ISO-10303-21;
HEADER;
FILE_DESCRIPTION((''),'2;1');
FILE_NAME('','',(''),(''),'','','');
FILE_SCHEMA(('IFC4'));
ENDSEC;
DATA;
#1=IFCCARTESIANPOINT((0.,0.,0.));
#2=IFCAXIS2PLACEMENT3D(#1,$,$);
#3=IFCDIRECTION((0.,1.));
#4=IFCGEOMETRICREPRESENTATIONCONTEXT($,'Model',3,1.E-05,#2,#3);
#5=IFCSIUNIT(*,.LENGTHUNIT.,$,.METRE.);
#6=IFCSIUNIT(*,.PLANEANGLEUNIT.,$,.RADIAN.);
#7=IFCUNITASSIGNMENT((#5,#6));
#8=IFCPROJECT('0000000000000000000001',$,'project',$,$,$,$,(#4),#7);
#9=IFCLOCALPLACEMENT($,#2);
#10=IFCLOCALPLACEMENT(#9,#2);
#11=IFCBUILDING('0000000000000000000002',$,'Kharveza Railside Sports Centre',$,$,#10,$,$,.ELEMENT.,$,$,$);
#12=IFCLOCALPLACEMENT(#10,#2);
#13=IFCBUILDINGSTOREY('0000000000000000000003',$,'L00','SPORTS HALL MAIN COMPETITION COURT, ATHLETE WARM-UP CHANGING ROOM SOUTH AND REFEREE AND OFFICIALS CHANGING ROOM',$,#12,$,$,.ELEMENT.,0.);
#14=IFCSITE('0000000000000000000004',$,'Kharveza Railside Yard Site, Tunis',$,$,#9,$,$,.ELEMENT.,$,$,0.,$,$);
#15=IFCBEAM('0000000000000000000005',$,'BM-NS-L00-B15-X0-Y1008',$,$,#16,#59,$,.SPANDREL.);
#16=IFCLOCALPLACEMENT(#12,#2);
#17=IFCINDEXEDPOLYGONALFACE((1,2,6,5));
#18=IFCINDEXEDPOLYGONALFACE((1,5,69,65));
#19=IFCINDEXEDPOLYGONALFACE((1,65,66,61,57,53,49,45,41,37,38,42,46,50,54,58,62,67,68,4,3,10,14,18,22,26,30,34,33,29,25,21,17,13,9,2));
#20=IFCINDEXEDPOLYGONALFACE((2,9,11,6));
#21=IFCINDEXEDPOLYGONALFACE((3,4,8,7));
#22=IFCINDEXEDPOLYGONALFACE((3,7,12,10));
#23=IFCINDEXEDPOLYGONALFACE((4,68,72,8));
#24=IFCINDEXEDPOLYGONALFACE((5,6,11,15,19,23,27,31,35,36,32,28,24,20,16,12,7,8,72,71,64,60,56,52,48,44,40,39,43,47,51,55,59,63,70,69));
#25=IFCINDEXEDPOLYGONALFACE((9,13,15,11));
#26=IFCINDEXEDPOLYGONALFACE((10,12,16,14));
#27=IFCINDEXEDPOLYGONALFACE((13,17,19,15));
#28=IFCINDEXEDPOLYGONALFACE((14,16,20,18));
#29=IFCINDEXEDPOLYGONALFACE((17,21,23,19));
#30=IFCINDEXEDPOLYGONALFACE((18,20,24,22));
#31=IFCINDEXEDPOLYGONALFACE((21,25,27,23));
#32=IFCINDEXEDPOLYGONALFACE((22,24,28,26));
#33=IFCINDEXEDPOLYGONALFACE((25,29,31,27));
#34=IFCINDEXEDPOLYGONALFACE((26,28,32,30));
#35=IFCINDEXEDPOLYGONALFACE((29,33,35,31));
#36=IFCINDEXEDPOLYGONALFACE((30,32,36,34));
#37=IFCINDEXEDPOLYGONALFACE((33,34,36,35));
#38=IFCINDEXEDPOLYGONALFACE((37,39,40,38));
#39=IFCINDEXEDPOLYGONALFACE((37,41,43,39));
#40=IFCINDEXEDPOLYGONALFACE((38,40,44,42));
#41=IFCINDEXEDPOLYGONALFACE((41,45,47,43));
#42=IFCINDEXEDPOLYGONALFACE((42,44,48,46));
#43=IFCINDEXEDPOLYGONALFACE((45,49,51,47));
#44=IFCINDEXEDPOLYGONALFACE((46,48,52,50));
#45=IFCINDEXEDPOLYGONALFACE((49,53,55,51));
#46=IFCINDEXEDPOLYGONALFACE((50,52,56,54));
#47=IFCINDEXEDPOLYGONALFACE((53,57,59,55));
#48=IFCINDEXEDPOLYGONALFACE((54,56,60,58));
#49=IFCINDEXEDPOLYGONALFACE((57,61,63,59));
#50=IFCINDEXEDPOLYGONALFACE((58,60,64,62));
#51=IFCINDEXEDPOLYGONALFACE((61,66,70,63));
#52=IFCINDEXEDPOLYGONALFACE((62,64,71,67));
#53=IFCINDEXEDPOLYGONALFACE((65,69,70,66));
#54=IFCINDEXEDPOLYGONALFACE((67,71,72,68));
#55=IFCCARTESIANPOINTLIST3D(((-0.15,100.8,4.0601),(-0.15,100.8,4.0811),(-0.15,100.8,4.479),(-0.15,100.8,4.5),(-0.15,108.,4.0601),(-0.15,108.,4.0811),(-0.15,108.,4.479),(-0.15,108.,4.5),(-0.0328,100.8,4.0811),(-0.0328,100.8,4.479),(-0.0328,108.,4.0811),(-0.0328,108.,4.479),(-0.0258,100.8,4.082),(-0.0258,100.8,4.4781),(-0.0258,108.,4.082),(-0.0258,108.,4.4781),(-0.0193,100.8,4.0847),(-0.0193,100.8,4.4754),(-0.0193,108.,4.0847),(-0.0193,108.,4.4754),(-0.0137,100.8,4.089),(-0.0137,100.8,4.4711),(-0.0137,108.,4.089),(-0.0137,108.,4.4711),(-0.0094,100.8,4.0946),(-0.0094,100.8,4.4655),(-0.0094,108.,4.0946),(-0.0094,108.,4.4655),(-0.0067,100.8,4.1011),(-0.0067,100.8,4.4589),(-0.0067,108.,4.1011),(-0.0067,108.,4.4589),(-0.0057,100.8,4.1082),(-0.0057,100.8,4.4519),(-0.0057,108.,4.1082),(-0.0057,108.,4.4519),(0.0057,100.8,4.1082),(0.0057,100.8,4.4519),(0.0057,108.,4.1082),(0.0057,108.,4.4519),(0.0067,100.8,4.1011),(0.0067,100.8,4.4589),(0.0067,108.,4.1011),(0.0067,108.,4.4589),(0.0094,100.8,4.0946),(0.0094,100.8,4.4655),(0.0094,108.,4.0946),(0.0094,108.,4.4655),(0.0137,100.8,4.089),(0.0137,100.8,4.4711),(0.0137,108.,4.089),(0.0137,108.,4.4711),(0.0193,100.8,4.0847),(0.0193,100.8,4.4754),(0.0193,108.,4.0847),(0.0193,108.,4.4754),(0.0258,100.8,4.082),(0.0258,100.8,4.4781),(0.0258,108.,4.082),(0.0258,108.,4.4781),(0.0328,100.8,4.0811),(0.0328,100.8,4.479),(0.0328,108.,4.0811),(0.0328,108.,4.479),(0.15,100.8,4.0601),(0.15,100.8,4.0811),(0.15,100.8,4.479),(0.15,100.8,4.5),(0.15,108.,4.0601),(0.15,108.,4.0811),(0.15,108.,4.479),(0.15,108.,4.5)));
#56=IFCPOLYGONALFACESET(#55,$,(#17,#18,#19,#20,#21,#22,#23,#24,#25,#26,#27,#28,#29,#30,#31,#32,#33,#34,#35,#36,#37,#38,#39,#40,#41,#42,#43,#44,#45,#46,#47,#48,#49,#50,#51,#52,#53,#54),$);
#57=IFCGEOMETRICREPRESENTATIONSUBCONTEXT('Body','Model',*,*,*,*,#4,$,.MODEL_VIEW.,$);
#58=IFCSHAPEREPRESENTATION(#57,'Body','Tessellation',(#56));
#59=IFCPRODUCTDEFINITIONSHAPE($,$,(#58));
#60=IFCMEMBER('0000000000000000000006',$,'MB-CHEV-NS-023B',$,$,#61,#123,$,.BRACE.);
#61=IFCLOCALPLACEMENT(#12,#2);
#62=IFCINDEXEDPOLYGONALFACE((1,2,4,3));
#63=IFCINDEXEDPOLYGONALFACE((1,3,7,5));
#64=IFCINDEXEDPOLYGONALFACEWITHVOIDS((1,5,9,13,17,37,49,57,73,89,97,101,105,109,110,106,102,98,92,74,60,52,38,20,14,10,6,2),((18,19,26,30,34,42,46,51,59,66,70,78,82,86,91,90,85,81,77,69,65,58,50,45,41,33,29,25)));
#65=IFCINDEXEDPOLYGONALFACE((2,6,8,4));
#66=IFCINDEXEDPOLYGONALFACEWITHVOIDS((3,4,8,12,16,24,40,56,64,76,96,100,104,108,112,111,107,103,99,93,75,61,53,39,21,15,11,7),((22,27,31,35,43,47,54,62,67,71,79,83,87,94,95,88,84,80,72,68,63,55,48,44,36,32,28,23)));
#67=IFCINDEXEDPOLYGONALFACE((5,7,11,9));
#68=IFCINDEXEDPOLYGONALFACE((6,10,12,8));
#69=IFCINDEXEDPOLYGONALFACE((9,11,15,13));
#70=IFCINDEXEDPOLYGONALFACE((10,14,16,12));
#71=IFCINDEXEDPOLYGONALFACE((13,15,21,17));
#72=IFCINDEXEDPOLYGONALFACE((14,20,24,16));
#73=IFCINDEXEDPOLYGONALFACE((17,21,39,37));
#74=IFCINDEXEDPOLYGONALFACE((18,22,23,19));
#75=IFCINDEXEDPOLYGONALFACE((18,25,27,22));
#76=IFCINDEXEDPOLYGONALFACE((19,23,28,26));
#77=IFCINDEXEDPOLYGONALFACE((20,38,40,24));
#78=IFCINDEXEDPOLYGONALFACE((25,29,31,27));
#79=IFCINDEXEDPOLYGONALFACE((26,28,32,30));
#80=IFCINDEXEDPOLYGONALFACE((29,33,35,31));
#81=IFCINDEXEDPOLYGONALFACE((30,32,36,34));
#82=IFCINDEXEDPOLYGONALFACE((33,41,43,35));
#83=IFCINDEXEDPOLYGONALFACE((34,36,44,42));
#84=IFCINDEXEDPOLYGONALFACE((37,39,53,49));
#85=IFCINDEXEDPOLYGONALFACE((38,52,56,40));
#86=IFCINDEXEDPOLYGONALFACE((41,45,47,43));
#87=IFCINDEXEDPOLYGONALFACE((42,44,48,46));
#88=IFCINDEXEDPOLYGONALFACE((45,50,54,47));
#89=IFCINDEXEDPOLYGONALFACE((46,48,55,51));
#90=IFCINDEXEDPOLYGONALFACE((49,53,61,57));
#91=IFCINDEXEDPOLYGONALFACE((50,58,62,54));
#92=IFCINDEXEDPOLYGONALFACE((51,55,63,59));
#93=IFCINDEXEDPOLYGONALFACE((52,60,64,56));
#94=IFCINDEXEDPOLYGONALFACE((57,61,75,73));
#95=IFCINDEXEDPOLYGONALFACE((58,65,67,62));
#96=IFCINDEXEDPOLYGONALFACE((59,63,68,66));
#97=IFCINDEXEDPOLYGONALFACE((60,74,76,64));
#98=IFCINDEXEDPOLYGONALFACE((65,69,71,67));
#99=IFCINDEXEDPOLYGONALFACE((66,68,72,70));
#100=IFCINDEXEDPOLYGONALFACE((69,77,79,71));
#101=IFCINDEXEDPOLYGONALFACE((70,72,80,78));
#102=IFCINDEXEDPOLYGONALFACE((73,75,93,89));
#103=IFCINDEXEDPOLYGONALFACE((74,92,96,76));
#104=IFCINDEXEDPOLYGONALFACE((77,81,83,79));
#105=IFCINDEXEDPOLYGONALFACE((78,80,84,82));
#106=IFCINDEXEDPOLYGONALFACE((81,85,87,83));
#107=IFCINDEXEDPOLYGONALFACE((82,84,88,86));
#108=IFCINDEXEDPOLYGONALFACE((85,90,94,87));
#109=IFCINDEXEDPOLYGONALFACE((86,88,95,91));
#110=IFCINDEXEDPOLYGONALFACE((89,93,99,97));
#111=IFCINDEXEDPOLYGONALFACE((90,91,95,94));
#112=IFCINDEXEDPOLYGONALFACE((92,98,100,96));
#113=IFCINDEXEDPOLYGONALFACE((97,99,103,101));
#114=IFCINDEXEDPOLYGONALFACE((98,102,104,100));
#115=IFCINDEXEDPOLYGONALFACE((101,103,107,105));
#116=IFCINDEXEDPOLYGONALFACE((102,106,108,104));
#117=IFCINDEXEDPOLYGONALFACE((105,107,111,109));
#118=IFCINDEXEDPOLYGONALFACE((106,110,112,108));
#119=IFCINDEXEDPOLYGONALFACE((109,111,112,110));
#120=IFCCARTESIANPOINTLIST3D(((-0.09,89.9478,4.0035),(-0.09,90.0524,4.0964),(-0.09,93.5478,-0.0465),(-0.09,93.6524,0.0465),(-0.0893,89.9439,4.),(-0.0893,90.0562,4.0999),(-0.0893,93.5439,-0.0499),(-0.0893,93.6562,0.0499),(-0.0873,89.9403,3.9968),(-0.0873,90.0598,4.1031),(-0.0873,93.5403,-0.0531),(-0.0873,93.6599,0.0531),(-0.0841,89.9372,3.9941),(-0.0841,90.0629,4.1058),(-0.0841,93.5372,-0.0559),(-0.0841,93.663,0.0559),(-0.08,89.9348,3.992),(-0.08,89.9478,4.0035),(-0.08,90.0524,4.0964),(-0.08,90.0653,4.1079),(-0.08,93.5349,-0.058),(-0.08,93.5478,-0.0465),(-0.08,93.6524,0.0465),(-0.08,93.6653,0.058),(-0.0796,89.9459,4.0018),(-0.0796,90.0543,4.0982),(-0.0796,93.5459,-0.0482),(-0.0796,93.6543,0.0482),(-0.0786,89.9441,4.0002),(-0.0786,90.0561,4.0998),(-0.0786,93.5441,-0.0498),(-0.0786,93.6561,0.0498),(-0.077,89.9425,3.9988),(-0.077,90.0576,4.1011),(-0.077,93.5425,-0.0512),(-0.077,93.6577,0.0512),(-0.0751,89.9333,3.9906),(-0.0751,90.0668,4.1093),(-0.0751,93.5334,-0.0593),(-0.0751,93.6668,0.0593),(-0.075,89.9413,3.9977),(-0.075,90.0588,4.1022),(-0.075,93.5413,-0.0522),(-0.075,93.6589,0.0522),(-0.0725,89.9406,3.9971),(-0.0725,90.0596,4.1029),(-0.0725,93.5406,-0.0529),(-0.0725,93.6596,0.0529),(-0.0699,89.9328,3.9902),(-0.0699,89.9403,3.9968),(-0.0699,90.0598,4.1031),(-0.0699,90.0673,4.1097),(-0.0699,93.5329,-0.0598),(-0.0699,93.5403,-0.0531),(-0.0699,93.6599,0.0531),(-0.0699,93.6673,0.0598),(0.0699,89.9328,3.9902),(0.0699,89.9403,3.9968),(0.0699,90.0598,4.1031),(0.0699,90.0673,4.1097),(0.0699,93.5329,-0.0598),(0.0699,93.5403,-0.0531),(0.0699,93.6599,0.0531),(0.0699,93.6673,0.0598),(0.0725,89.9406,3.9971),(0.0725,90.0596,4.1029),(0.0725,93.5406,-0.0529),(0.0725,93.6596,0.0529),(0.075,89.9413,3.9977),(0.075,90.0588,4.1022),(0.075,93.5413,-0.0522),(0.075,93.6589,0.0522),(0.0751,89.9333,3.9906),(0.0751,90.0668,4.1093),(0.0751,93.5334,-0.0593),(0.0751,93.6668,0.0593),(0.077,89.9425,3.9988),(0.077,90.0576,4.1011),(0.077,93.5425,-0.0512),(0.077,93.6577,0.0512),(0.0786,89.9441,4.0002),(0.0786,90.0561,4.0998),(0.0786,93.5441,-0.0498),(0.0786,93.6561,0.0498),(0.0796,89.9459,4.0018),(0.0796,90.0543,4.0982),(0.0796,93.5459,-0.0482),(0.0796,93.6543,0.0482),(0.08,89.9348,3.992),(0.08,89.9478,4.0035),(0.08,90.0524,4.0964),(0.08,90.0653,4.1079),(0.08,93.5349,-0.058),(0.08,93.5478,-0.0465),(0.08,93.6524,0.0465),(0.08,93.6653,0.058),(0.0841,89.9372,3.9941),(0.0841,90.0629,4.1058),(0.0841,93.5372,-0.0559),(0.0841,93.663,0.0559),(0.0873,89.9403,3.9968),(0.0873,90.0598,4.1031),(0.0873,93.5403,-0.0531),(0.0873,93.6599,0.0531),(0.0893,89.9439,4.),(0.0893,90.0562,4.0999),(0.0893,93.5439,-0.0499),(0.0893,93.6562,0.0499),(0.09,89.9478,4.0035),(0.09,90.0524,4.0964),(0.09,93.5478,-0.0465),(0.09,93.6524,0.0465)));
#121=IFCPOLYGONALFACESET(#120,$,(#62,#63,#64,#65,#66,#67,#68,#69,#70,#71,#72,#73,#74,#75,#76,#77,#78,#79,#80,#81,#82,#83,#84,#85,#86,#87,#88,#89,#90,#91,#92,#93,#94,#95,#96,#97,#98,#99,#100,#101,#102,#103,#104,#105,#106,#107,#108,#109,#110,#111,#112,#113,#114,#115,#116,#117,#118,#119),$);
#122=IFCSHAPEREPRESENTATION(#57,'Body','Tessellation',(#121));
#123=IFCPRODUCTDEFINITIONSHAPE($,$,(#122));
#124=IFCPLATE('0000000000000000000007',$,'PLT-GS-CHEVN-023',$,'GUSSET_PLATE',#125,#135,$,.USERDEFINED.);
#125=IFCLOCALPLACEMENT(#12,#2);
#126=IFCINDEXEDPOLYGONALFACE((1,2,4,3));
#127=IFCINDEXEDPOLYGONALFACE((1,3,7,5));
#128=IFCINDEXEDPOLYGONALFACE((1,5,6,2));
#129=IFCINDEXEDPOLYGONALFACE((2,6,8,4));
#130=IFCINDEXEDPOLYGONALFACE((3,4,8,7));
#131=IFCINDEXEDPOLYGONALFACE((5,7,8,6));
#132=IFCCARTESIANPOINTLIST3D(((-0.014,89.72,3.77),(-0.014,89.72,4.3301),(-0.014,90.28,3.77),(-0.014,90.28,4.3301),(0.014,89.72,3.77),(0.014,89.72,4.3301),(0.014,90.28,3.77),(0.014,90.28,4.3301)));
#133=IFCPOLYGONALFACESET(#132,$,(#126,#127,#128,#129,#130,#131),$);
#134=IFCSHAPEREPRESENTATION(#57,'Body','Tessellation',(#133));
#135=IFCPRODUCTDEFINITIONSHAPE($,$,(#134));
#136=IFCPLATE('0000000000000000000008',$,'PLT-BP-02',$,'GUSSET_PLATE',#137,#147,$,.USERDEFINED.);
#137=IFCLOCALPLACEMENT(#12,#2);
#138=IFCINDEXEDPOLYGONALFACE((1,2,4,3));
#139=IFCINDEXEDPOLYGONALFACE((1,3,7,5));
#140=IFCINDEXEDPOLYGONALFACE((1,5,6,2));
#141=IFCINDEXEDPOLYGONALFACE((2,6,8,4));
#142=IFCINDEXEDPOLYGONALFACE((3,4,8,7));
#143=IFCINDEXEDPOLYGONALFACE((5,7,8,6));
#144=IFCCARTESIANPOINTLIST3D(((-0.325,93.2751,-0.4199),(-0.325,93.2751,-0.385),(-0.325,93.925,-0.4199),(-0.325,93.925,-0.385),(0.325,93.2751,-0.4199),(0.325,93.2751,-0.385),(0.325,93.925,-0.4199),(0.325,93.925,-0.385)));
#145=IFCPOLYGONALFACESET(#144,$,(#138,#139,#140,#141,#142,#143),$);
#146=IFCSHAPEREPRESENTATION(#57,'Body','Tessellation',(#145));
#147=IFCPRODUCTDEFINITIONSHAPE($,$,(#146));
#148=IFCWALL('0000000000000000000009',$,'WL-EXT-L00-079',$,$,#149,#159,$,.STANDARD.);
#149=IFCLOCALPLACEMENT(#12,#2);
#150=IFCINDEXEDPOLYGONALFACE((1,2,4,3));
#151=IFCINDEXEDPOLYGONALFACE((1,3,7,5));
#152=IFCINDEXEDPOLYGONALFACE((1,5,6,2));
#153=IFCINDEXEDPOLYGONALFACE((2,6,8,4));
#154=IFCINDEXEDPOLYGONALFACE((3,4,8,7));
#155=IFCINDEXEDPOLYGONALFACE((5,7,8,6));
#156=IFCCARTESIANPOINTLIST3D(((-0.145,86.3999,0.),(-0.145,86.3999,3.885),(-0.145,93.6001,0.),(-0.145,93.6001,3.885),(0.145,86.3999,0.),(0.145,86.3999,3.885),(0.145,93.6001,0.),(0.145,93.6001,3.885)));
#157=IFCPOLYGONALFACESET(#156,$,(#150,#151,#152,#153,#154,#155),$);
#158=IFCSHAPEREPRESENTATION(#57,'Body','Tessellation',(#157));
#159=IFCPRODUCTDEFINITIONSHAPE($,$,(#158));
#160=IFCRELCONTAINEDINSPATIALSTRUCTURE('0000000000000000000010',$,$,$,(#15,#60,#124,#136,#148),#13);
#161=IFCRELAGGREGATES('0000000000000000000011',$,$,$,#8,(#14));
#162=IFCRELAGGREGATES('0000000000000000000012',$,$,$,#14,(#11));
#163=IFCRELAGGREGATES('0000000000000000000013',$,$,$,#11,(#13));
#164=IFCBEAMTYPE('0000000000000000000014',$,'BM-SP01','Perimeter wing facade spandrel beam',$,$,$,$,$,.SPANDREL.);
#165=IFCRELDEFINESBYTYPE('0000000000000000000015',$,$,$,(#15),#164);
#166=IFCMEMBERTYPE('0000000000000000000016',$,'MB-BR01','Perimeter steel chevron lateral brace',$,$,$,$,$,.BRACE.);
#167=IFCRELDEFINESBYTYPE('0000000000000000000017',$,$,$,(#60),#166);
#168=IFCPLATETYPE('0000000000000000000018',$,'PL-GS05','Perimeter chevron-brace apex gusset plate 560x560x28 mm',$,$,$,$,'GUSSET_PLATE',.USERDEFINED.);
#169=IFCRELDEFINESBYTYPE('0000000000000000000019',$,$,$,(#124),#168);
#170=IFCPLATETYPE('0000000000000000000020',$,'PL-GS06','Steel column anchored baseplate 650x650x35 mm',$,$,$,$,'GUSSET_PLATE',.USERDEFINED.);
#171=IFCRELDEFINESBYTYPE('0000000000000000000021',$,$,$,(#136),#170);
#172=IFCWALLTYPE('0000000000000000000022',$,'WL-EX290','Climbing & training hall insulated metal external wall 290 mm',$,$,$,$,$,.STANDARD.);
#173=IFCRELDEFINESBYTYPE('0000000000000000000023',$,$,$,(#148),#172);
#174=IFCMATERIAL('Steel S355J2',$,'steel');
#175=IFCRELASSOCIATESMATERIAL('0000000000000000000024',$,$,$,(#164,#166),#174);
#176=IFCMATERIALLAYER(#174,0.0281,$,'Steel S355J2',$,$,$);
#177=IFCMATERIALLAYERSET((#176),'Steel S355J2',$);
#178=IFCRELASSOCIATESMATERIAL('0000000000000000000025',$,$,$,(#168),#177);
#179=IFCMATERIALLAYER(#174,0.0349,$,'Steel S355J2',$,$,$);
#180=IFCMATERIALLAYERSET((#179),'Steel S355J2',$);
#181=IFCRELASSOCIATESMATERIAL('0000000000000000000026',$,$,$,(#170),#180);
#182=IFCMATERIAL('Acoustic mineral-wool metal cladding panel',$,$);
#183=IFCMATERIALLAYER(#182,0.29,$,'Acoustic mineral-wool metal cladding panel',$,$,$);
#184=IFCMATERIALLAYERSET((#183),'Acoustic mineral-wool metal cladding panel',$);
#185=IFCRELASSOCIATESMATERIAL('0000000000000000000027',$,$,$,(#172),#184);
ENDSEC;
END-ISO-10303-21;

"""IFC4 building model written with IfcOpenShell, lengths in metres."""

from ifc_helpers import new_model, si_unit, direction, frame, frame_2d, origin, origin_2d, place, context, subcontext, project, spatial, rectangle, hollow_rectangle, i_section, extrude, material, layer, layer_set, material_profile, profile_set, type_object, element, save


model = new_model("IFC4")

# Units and contexts
model_context = context("Model", 3, precision=1e-05, world=origin(), true_north=direction((0.0, 1.0)))
body_context = subcontext(model_context, "Body", "Model", "MODEL_VIEW")
ifc_project = project(units=[si_unit("LENGTHUNIT", "METRE"), si_unit("PLANEANGLEUNIT", "RADIAN")], contexts=[model_context])

# Site, building, storey
site_placement = place(None, origin())
site = spatial("IfcSite", under=ifc_project, at=site_placement, Name="Kharveza Railside Yard Site, Tunis", CompositionType="ELEMENT", RefElevation=0.0)
building_placement = place(site_placement, origin())
building = spatial("IfcBuilding", under=site, at=building_placement, Name="Kharveza Railside Sports Centre", CompositionType="ELEMENT")
storey_placement = place(building_placement, origin())
storey = spatial("IfcBuildingStorey", under=building, at=storey_placement, Name="L00", Description="SPORTS HALL MAIN COMPETITION COURT, ATHLETE WARM-UP CHANGING ROOM SOUTH AND REFEREE AND OFFICIALS CHANGING ROOM", CompositionType="ELEMENT", Elevation=0.0)

# Shared definitions
ifc_material_1 = material(Name="Steel S355J2", Category="steel")

# Beam
ifc_material_profile_1 = material_profile(ifc_material_1, i_section(OverallWidth=0.3, OverallDepth=0.4399, WebThickness=0.0115, FlangeThickness=0.021, FilletRadius=0.0271, at=origin_2d()), Name="HEA 450")
ifc_profile_set_1 = profile_set([ifc_material_profile_1], Name="Steel S355J2")
beam_type_1 = type_object("IfcBeamType", Name="BM-SP01", Description="Perimeter wing facade spandrel beam", PredefinedType="SPANDREL", material=ifc_profile_set_1)
for number, where, z_axis, x_axis, name in (
    (1, (0.0, 100.8, 4.28), (0.0, 1.0, 0.0), (-1.0, 0.0, 0.0), "BM-NS-L00-B15-X0-Y1008"),
):
    element("IfcBeam", number, at=place(storey_placement, frame(where, z_axis=z_axis, x_axis=x_axis)), inside=storey, type_object=beam_type_1, Name=name, PredefinedType="SPANDREL", context=body_context, shape_type="SweptSolid", body=[
        extrude(i_section(OverallWidth=0.3, OverallDepth=0.4399, WebThickness=0.0115, FlangeThickness=0.021, FilletRadius=0.0271, at=origin_2d()), origin(), (0.0, 0.0, 1.0), 7.2),
    ])

# Member
ifc_material_profile_2 = material_profile(ifc_material_1, hollow_rectangle(XDim=0.1799, YDim=0.1799, WallThickness=0.01, InnerFilletRadius=0.01, OuterFilletRadius=0.02, at=origin_2d()), Name="SHS 180x180x10.0")
ifc_profile_set_2 = profile_set([ifc_material_profile_2], Name="Steel S355J2")
member_type = type_object("IfcMemberType", Name="MB-BR01", Description="Perimeter steel chevron lateral brace", PredefinedType="BRACE", material=ifc_profile_set_2)
member_placement = place(storey_placement, frame((0.0, 93.6001, 0.0), z_axis=(0.0, -0.664369, 0.747404), x_axis=(1.0, 0.0, 0.0)))
element("IfcMember", 2, at=member_placement, inside=storey, type_object=member_type, Name="MB-CHEV-NS-023B", PredefinedType="BRACE", context=body_context, shape_type="SweptSolid", body=[
    extrude(hollow_rectangle(XDim=0.1799, YDim=0.1799, WallThickness=0.01, InnerFilletRadius=0.01, OuterFilletRadius=0.02, at=origin_2d()), origin(), (0.0, 0.0, 1.0), 5.4187),
])

# Plates
ifc_layer_1 = layer(ifc_material_1, 0.0281, Name="Steel S355J2")
ifc_layer_set_1 = layer_set([ifc_layer_1], Name="Steel S355J2")
plate_type_1 = type_object("IfcPlateType", Name="PL-GS05", Description="Perimeter chevron-brace apex gusset plate 560x560x28 mm", ElementType="GUSSET_PLATE", PredefinedType="USERDEFINED", material=ifc_layer_set_1)
plate_1_placement = place(storey_placement, frame((0.0, 90.0, 3.77), z_axis=(0.0, 0.0, 1.0), x_axis=(1.0, 0.0, 0.0)))
element("IfcPlate", 3, at=plate_1_placement, inside=storey, type_object=plate_type_1, Name="PLT-GS-CHEVN-023", ObjectType="GUSSET_PLATE", PredefinedType="USERDEFINED", context=body_context, shape_type="SweptSolid", body=[
    extrude(rectangle(XDim=0.0281, YDim=0.5601, at=origin_2d()), origin(), (0.0, 0.0, 1.0), 0.5601),
])
ifc_layer_2 = layer(ifc_material_1, 0.0349, Name="Steel S355J2")
ifc_layer_set_2 = layer_set([ifc_layer_2], Name="Steel S355J2")
plate_type_2 = type_object("IfcPlateType", Name="PL-GS06", Description="Steel column anchored baseplate 650x650x35 mm", ElementType="GUSSET_PLATE", PredefinedType="USERDEFINED", material=ifc_layer_set_2)
plate_2_placement = place(storey_placement, frame((0.0, 93.6001, -0.4199), z_axis=(0.0, 0.0, 1.0), x_axis=(1.0, 0.0, 0.0)))
element("IfcPlate", 4, at=plate_2_placement, inside=storey, type_object=plate_type_2, Name="PLT-BP-02", ObjectType="GUSSET_PLATE", PredefinedType="USERDEFINED", context=body_context, shape_type="SweptSolid", body=[
    extrude(rectangle(XDim=0.6499, YDim=0.6499, at=origin_2d()), origin(), (0.0, 0.0, 1.0), 0.0349),
])

# Wall
ifc_material_2 = material(Name="Acoustic mineral-wool metal cladding panel")
ifc_layer_3 = layer(ifc_material_2, 0.29, Name="Acoustic mineral-wool metal cladding panel")
ifc_layer_set_3 = layer_set([ifc_layer_3], Name="Acoustic mineral-wool metal cladding panel")
wall_type = type_object("IfcWallType", Name="WL-EX290", Description="Climbing & training hall insulated metal external wall 290 mm", PredefinedType="STANDARD", material=ifc_layer_set_3)
wall_placement = place(storey_placement, frame((0.0, 93.6001, 0.0), z_axis=(0.0, 0.0, 1.0), x_axis=(0.0, -1.0, 0.0)))
element("IfcWall", 5, at=wall_placement, inside=storey, type_object=wall_type, Name="WL-EXT-L00-079", PredefinedType="STANDARD", context=body_context, shape_type="SweptSolid", body=[
    extrude(rectangle(XDim=7.2002, YDim=0.29, at=frame_2d((3.6001, 0.0))), origin(), (0.0, 0.0, 1.0), 3.885),
])

save(model, "model.ifc")
